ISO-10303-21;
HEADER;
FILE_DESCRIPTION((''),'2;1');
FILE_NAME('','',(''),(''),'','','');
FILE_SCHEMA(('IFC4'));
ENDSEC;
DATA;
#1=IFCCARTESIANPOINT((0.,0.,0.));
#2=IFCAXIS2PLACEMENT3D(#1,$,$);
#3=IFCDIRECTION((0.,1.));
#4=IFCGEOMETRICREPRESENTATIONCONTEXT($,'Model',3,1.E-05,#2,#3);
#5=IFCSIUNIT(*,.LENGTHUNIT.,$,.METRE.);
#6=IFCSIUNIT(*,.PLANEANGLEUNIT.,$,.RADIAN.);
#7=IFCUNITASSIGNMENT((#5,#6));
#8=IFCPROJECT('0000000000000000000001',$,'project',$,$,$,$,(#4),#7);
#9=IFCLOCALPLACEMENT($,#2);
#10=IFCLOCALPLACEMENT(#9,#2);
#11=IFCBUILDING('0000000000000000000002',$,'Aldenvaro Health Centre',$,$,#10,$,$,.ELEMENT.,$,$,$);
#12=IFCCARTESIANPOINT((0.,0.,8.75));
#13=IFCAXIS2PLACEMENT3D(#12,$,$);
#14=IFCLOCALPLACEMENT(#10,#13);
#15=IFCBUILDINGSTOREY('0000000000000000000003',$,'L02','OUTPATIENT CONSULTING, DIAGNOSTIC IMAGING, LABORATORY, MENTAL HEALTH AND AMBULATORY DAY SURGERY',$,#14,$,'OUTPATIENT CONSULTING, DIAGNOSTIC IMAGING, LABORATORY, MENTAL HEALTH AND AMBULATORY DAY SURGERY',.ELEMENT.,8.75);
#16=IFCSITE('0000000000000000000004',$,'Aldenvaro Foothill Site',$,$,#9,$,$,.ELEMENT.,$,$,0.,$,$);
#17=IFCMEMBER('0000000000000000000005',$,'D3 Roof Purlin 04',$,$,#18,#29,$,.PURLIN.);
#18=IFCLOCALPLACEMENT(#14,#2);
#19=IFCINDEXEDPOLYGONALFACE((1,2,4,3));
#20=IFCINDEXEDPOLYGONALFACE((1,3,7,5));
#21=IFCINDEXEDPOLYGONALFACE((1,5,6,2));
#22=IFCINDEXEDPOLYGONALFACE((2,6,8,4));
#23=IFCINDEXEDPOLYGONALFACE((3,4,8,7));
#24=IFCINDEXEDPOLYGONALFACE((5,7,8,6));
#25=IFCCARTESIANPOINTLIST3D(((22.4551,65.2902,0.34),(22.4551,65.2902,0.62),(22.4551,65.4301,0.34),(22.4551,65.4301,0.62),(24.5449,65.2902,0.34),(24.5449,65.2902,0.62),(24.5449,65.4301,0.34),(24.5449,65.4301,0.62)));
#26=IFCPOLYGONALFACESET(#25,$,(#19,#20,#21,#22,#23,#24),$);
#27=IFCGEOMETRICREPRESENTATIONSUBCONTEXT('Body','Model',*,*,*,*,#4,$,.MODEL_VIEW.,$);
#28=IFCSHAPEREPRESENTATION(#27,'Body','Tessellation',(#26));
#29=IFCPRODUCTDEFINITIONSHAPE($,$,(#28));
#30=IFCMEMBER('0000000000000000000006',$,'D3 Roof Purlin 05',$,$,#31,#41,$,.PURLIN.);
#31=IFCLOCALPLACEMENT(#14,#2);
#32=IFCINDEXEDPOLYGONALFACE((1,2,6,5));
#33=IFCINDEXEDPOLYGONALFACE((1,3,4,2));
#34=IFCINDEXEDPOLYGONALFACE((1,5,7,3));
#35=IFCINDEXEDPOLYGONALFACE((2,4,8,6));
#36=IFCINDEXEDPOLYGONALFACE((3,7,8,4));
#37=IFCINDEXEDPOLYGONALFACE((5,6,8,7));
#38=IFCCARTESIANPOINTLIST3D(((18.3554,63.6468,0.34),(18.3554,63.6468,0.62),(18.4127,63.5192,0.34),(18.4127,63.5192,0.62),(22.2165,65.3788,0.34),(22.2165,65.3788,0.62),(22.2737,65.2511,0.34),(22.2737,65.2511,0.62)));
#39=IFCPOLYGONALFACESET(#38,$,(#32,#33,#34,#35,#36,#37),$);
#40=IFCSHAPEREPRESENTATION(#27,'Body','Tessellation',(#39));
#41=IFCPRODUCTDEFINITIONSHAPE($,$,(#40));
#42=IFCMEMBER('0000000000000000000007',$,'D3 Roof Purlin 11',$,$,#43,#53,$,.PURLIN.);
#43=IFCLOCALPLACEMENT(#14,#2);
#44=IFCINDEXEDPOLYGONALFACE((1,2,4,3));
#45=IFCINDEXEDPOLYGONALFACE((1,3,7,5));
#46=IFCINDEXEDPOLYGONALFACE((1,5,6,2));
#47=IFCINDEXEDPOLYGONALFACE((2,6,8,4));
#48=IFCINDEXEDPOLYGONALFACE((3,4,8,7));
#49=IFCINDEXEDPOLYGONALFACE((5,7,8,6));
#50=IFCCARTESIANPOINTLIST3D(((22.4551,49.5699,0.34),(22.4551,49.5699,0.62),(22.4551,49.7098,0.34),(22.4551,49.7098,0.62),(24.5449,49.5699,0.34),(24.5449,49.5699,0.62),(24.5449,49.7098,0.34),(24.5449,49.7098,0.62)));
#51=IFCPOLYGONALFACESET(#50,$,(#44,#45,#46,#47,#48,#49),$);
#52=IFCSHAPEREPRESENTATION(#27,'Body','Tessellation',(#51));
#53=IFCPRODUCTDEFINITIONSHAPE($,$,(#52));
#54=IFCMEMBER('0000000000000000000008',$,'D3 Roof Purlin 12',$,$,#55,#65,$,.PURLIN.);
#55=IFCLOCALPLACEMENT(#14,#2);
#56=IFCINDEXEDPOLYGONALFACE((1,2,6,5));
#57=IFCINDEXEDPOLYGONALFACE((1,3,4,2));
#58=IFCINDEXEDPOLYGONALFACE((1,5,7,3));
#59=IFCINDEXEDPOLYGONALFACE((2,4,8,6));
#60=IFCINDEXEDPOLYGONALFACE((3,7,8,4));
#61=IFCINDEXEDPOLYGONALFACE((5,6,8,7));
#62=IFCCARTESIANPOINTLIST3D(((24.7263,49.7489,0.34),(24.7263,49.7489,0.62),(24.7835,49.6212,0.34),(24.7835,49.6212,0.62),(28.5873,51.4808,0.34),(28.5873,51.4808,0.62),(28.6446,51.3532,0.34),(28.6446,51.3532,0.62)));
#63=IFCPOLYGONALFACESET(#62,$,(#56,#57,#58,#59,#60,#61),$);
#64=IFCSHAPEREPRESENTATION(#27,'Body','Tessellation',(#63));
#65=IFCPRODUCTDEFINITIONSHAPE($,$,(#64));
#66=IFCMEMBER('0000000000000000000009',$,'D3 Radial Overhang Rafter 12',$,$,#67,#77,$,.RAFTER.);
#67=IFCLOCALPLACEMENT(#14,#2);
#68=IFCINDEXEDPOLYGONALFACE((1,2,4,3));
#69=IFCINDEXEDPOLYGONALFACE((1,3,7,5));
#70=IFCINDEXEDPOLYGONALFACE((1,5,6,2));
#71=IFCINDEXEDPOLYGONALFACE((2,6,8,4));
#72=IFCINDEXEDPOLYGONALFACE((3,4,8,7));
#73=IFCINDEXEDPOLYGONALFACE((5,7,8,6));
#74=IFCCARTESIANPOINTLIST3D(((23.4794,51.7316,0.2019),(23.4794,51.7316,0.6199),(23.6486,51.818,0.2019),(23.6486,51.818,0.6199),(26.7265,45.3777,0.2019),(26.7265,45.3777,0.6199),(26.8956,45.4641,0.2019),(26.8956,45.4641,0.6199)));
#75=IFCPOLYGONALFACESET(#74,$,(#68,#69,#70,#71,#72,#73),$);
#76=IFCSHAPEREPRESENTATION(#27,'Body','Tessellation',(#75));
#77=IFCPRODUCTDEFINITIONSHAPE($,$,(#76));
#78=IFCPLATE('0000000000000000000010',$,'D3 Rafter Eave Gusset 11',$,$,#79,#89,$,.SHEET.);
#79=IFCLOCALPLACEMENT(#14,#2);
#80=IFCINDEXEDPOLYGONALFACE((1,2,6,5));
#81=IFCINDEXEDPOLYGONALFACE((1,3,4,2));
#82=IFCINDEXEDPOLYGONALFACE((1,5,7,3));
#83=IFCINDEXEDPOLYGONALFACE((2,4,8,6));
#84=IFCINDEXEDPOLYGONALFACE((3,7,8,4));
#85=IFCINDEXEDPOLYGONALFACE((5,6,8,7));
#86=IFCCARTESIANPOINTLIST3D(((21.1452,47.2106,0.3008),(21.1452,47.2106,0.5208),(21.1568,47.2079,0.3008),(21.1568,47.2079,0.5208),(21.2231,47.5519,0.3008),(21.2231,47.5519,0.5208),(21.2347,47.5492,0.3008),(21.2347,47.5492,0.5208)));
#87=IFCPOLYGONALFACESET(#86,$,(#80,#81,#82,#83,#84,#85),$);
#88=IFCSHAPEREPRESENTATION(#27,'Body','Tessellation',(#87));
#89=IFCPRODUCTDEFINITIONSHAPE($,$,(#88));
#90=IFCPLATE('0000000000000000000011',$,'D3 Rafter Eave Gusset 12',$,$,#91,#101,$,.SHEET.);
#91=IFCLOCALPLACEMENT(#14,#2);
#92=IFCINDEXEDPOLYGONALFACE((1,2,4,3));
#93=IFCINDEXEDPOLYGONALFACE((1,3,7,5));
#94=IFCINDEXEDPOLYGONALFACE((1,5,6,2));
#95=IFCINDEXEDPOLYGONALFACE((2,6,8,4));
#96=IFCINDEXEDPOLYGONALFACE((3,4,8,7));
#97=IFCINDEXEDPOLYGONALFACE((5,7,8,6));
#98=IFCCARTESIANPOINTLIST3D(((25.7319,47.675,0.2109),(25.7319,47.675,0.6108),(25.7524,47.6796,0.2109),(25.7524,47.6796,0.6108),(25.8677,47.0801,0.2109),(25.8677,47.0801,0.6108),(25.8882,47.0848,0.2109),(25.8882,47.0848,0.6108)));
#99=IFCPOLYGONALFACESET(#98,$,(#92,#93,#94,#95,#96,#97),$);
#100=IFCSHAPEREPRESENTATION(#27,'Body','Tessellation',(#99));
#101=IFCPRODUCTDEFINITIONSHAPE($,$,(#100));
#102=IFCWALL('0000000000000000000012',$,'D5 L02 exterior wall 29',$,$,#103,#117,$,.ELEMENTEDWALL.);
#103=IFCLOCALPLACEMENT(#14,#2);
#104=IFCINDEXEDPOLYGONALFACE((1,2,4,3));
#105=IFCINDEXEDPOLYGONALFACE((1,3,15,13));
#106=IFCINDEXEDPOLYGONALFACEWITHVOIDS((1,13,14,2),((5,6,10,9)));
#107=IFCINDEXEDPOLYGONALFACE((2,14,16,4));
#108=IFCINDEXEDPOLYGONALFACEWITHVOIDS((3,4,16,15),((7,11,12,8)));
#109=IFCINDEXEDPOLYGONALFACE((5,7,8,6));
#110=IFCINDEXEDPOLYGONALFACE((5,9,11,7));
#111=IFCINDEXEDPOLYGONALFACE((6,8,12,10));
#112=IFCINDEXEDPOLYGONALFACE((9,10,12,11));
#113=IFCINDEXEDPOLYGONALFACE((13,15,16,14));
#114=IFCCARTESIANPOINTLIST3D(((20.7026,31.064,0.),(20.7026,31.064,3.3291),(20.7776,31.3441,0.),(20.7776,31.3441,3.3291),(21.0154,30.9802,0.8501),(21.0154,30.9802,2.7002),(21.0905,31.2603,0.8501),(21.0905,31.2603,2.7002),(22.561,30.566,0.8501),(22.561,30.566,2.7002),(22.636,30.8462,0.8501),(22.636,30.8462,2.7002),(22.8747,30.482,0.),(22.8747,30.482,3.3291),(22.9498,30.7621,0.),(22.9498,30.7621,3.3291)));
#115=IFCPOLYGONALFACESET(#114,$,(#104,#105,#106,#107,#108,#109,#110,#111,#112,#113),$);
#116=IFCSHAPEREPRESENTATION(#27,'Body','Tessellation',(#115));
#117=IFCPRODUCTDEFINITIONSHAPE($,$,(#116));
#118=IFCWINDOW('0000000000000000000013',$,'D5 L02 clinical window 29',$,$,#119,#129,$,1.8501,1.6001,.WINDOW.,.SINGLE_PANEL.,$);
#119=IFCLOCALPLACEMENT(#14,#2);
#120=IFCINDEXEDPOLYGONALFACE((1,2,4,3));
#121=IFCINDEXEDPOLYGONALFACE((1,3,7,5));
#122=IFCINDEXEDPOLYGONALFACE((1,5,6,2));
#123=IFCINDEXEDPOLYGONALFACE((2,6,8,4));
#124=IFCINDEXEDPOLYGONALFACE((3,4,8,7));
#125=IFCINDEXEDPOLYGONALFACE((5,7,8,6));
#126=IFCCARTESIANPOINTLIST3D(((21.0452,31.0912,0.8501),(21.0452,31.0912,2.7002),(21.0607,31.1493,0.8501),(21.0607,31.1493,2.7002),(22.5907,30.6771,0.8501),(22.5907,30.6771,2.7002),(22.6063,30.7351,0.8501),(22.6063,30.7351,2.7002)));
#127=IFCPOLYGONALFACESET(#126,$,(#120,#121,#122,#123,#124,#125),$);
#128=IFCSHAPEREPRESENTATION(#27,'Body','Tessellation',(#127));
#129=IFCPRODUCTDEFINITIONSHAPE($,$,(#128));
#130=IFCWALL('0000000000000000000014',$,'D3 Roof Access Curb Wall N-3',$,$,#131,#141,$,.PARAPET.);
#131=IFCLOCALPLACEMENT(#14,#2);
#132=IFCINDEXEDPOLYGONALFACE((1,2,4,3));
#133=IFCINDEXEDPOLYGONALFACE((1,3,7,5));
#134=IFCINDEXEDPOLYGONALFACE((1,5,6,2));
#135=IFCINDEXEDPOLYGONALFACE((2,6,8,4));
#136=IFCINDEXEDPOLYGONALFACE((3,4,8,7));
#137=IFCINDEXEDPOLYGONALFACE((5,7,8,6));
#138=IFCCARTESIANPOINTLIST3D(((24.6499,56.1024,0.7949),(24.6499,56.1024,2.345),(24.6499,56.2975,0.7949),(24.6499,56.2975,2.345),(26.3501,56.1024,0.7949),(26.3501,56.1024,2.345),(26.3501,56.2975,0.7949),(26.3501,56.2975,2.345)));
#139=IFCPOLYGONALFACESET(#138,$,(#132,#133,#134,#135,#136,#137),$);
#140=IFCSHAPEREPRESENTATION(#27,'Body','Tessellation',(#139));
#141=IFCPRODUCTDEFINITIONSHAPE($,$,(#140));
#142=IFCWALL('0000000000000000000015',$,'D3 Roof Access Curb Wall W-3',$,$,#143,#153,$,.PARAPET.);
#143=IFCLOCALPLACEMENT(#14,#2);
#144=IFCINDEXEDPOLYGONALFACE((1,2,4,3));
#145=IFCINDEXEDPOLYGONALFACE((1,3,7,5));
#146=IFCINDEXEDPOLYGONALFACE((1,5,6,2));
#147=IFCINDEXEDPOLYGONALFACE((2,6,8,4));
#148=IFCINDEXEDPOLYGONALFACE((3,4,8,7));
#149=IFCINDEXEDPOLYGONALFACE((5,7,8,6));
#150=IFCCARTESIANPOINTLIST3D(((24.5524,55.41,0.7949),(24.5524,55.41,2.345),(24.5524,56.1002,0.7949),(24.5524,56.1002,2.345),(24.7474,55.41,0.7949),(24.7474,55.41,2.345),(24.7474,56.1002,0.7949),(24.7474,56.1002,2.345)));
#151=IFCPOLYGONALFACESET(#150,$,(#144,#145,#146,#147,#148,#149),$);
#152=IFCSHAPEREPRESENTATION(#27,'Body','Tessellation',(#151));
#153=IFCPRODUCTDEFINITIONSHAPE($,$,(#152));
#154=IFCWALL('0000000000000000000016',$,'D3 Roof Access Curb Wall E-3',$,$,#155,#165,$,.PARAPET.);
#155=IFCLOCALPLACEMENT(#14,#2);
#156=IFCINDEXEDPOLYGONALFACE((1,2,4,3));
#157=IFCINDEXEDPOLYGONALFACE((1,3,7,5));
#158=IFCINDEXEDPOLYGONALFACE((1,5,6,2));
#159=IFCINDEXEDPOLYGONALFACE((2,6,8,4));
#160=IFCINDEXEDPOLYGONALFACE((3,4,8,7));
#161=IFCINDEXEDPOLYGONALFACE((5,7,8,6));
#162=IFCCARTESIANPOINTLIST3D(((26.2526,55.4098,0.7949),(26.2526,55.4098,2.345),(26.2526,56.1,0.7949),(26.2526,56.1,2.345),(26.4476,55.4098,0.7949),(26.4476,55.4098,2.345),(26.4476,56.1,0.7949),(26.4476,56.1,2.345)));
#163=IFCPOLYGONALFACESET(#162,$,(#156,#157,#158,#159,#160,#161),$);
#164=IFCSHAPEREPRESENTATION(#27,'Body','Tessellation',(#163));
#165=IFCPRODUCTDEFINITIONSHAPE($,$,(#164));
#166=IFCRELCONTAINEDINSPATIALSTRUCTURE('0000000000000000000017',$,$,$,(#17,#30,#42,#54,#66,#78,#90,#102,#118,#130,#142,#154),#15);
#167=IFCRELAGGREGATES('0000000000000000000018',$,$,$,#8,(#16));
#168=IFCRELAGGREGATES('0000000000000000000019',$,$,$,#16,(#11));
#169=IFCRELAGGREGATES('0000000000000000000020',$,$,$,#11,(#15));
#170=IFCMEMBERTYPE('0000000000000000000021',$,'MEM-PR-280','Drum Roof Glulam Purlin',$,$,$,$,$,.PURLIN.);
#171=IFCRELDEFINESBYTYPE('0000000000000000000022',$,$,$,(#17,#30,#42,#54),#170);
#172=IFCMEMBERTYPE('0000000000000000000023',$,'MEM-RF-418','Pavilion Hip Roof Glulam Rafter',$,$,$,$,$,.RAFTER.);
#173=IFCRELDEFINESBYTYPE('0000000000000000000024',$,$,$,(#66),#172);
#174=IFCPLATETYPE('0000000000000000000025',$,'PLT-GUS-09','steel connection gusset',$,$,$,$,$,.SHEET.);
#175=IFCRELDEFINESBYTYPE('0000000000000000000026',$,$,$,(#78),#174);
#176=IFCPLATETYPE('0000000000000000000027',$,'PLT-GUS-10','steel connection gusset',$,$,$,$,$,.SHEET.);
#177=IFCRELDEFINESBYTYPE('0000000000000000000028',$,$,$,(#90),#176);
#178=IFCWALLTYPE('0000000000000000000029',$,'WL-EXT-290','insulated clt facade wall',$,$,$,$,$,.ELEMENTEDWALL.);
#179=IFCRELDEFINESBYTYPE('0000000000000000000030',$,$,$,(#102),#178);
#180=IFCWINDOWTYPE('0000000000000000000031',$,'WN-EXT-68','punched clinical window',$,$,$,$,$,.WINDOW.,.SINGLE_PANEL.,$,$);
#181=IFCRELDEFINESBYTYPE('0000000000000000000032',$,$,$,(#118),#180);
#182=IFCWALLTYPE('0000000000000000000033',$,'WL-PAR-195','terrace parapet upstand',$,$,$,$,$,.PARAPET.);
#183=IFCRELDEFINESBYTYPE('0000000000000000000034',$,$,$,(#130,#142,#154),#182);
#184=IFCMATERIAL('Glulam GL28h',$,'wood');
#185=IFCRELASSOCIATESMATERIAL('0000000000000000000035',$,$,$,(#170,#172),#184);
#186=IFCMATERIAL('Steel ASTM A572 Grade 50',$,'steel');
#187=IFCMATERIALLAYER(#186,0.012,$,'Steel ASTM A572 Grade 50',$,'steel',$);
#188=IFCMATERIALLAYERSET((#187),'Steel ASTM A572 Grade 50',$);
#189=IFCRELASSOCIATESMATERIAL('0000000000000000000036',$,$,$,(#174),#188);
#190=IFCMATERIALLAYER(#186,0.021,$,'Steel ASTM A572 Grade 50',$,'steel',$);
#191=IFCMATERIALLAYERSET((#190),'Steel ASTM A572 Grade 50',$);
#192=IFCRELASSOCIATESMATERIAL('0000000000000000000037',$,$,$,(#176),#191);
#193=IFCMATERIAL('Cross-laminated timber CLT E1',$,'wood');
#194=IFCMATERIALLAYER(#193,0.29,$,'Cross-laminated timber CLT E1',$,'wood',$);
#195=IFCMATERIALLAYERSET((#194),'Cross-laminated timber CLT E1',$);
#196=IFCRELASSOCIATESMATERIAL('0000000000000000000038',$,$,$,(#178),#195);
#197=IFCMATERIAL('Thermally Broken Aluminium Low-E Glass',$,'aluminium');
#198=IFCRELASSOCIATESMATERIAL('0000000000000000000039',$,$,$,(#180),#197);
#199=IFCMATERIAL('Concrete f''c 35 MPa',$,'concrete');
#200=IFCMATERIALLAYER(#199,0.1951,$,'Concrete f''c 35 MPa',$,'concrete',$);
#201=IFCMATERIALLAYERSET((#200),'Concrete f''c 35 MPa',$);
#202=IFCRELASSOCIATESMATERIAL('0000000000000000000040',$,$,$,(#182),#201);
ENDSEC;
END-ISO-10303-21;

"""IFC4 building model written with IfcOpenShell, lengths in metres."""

from ifc_helpers import new_model, si_unit, direction, frame, frame_2d, origin, origin_2d, place, context, subcontext, project, spatial, rectangle, extrude, material, layer, layer_set, material_profile, profile_set, type_object, element, fill, save


model = new_model("IFC4")

# Units and contexts
model_context = context("Model", 3, precision=1e-05, world=origin(), true_north=direction((0.0, 1.0)))
body_context = subcontext(model_context, "Body", "Model", "MODEL_VIEW")
ifc_project = project(units=[si_unit("LENGTHUNIT", "METRE"), si_unit("PLANEANGLEUNIT", "RADIAN")], contexts=[model_context])

# Site, building, storey
site_placement = place(None, origin())
site = spatial("IfcSite", under=ifc_project, at=site_placement, Name="Aldenvaro Foothill Site", CompositionType="ELEMENT", RefElevation=0.0)
building_placement = place(site_placement, origin())
building = spatial("IfcBuilding", under=site, at=building_placement, Name="Aldenvaro Health Centre", CompositionType="ELEMENT")
storey_placement = place(building_placement, frame((0.0, 0.0, 8.75)))
storey = spatial("IfcBuildingStorey", under=building, at=storey_placement, Name="L02", Description="OUTPATIENT CONSULTING, DIAGNOSTIC IMAGING, LABORATORY, MENTAL HEALTH AND AMBULATORY DAY SURGERY", LongName="OUTPATIENT CONSULTING, DIAGNOSTIC IMAGING, LABORATORY, MENTAL HEALTH AND AMBULATORY DAY SURGERY", CompositionType="ELEMENT", Elevation=8.75)

# Shared definitions
ifc_material_1 = material(Name="Glulam GL28h", Category="wood")

# Members
ifc_material_profile_1 = material_profile(ifc_material_1, rectangle(XDim=0.1399, YDim=0.28, at=origin_2d()), Name="GL 140x280", Category="wood")
ifc_profile_set_1 = profile_set([ifc_material_profile_1], Name="Glulam GL28h")
member_type_1 = type_object("IfcMemberType", Name="MEM-PR-280", Description="Drum Roof Glulam Purlin", PredefinedType="PURLIN", material=ifc_profile_set_1)
member_1_placement = place(storey_placement, frame((24.5449, 65.3601, 0.48), z_axis=(-1.0, 0.0, 0.0), x_axis=(0.0, -1.0, 0.0)))
element("IfcMember", 1, at=member_1_placement, inside=storey, type_object=member_type_1, Name="D3 Roof Purlin 04", PredefinedType="PURLIN", context=body_context, shape_type="SweptSolid", body=[
    extrude(rectangle(XDim=0.1399, YDim=0.28, at=origin_2d()), origin(), (0.0, 0.0, 1.0), 2.0898),
])
member_2_placement = place(storey_placement, frame((22.2451, 65.3149, 0.48), z_axis=(-0.912412, -0.409273, 0.0), x_axis=(0.409273, -0.912412, 0.0)))
element("IfcMember", 2, at=member_2_placement, inside=storey, type_object=member_type_1, Name="D3 Roof Purlin 05", PredefinedType="PURLIN", context=body_context, shape_type="SweptSolid", body=[
    extrude(rectangle(XDim=0.1399, YDim=0.28, at=origin_2d()), origin(), (0.0, 0.0, 1.0), 4.2317),
])
member_3_placement = place(storey_placement, frame((22.4551, 49.6399, 0.48), z_axis=(1.0, 0.0, 0.0), x_axis=(0.0, 1.0, 0.0)))
element("IfcMember", 3, at=member_3_placement, inside=storey, type_object=member_type_1, Name="D3 Roof Purlin 11", PredefinedType="PURLIN", context=body_context, shape_type="SweptSolid", body=[
    extrude(rectangle(XDim=0.1399, YDim=0.28, at=origin_2d()), origin(), (0.0, 0.0, 1.0), 2.0898),
])
member_4_placement = place(storey_placement, frame((24.7549, 49.6851, 0.48), z_axis=(0.912412, 0.409273, 0.0), x_axis=(-0.409273, 0.912412, 0.0)))
element("IfcMember", 4, at=member_4_placement, inside=storey, type_object=member_type_1, Name="D3 Roof Purlin 12", PredefinedType="PURLIN", context=body_context, shape_type="SweptSolid", body=[
    extrude(rectangle(XDim=0.1399, YDim=0.28, at=origin_2d()), origin(), (0.0, 0.0, 1.0), 4.2317),
])
ifc_material_profile_2 = material_profile(ifc_material_1, rectangle(XDim=0.1899, YDim=0.418, at=origin_2d()), Name="GL 190x418", Category="wood")
ifc_profile_set_2 = profile_set([ifc_material_profile_2], Name="Glulam GL28h")
member_type_2 = type_object("IfcMemberType", Name="MEM-RF-418", Description="Pavilion Hip Roof Glulam Rafter", PredefinedType="RAFTER", material=ifc_profile_set_2)
member_5_placement = place(storey_placement, frame((26.811, 45.4209, 0.4109), z_axis=(-0.455052, 0.890465, 0.0), x_axis=(-0.890465, -0.455052, 0.0)))
element("IfcMember", 5, at=member_5_placement, inside=storey, type_object=member_type_2, Name="D3 Radial Overhang Rafter 12", PredefinedType="RAFTER", context=body_context, shape_type="SweptSolid", body=[
    extrude(rectangle(XDim=0.1899, YDim=0.418, at=origin_2d()), origin(), (0.0, 0.0, 1.0), 7.1355),
])

# Plates
ifc_material_2 = material(Name="Steel ASTM A572 Grade 50", Category="steel")
ifc_layer_1 = layer(ifc_material_2, 0.012, Name="Steel ASTM A572 Grade 50", Category="steel")
ifc_layer_set_1 = layer_set([ifc_layer_1], Name="Steel ASTM A572 Grade 50")
plate_type_1 = type_object("IfcPlateType", Name="PLT-GUS-09", Description="steel connection gusset", PredefinedType="SHEET", material=ifc_layer_set_1)
plate_1_placement = place(storey_placement, frame((21.1899, 47.3799, 0.3008), z_axis=(0.0, 0.0, 1.0), x_axis=(-0.222537, -0.974924, 0.0)))
element("IfcPlate", 6, at=plate_1_placement, inside=storey, type_object=plate_type_1, Name="D3 Rafter Eave Gusset 11", PredefinedType="SHEET", context=body_context, shape_type="SweptSolid", body=[
    extrude(rectangle(XDim=0.3501, YDim=0.012, at=origin_2d()), origin(), (0.0, 0.0, 1.0), 0.22),
])
ifc_layer_2 = layer(ifc_material_2, 0.021, Name="Steel ASTM A572 Grade 50", Category="steel")
ifc_layer_set_2 = layer_set([ifc_layer_2], Name="Steel ASTM A572 Grade 50")
plate_type_2 = type_object("IfcPlateType", Name="PLT-GUS-10", Description="steel connection gusset", PredefinedType="SHEET", material=ifc_layer_set_2)
plate_2_placement = place(storey_placement, frame((25.8101, 47.3799, 0.2109), z_axis=(0.0, 0.0, 1.0), x_axis=(0.222537, -0.974924, 0.0)))
element("IfcPlate", 7, at=plate_2_placement, inside=storey, type_object=plate_type_2, Name="D3 Rafter Eave Gusset 12", PredefinedType="SHEET", context=body_context, shape_type="SweptSolid", body=[
    extrude(rectangle(XDim=0.6101, YDim=0.021, at=origin_2d()), origin(), (0.0, 0.0, 1.0), 0.3999),
])

# Wall, opening, window
ifc_material_3 = material(Name="Cross-laminated timber CLT E1", Category="wood")
ifc_layer_3 = layer(ifc_material_3, 0.29, Name="Cross-laminated timber CLT E1", Category="wood")
ifc_layer_set_3 = layer_set([ifc_layer_3], Name="Cross-laminated timber CLT E1")
wall_type_1 = type_object("IfcWallType", Name="WL-EXT-290", Description="insulated clt facade wall", PredefinedType="ELEMENTEDWALL", material=ifc_layer_set_3)
wall_1_placement = place(storey_placement, frame((20.74, 31.2041, 0.0), z_axis=(0.0, 0.0, 1.0), x_axis=(0.965924, -0.258825, 0.0)))
wall_1 = element("IfcWall", 8, at=wall_1_placement, inside=storey, type_object=wall_type_1, Name="D5 L02 exterior wall 29", PredefinedType="ELEMENTEDWALL", context=body_context, shape_type="SweptSolid", body=[
    extrude(rectangle(XDim=2.2488, YDim=0.29, at=frame_2d((1.1245, 0.0))), origin(), (0.0, 0.0, 1.0), 3.3291),
])
opening_1_placement = place(wall_1_placement, frame((0.324, 0.0, 0.8501)))
opening_1 = element("IfcOpeningElement", 9, at=opening_1_placement, cuts=wall_1, PredefinedType="OPENING", context=body_context, shape_type="SweptSolid", body=[
    extrude(rectangle(XDim=1.6001, YDim=1.8501, at=frame_2d((0.8, 0.925))), frame((0.0, 0.155, 0.0), z_axis=(0.0, -1.0, 0.0), x_axis=(1.0, 0.0, 0.0)), (0.0, 0.0, 1.0), 0.3101),
])
ifc_material_4 = material(Name="Thermally Broken Aluminium Low-E Glass", Category="aluminium")
window_type_1 = type_object("IfcWindowType", Name="WN-EXT-68", Description="punched clinical window", PartitioningType="SINGLE_PANEL", PredefinedType="WINDOW", material=ifc_material_4)
window_1_placement = place(opening_1_placement, origin())
window_1 = element("IfcWindow", 10, at=window_1_placement, inside=storey, type_object=window_type_1, Name="D5 L02 clinical window 29", OverallHeight=1.8501, OverallWidth=1.6001, PartitioningType="SINGLE_PANEL", PredefinedType="WINDOW", context=body_context, shape_type="SweptSolid", body=[
    extrude(rectangle(XDim=1.6001, YDim=1.8501, at=frame_2d((0.8, 0.925))), frame((0.0, 0.03, 0.0), z_axis=(0.0, -1.0, 0.0), x_axis=(1.0, 0.0, 0.0)), (0.0, 0.0, 1.0), 0.0601),
])
fill(opening_1, window_1)

# Walls
ifc_material_5 = material(Name="Concrete f'c 35 MPa", Category="concrete")
ifc_layer_4 = layer(ifc_material_5, 0.1951, Name="Concrete f'c 35 MPa", Category="concrete")
ifc_layer_set_4 = layer_set([ifc_layer_4], Name="Concrete f'c 35 MPa")
wall_type_2 = type_object("IfcWallType", Name="WL-PAR-195", Description="terrace parapet upstand", PredefinedType="PARAPET", material=ifc_layer_set_4)
wall_2_placement = place(storey_placement, frame((24.6499, 56.2, 0.7949), z_axis=(0.0, 0.0, 1.0), x_axis=(1.0, 0.0, 0.0)))
element("IfcWall", 11, at=wall_2_placement, inside=storey, type_object=wall_type_2, Name="D3 Roof Access Curb Wall N-3", PredefinedType="PARAPET", context=body_context, shape_type="SweptSolid", body=[
    extrude(rectangle(XDim=1.7002, YDim=0.1951, at=frame_2d((0.8501, 0.0))), origin(), (0.0, 0.0, 1.0), 1.55),
])
for number, where, z_axis, x_axis, name in (
    (12, (24.6499, 55.4099, 0.7949), (0.0, 0.0, 1.0), (0.0, 1.0, 0.0), "D3 Roof Access Curb Wall W-3"),
    (13, (26.3501, 56.1001, 0.7949), (0.0, 0.0, 1.0), (0.0, -1.0, 0.0), "D3 Roof Access Curb Wall E-3"),
):
    element("IfcWall", number, at=place(storey_placement, frame(where, z_axis=z_axis, x_axis=x_axis)), inside=storey, type_object=wall_type_2, Name=name, PredefinedType="PARAPET", context=body_context, shape_type="SweptSolid", body=[
        extrude(rectangle(XDim=0.6902, YDim=0.1951, at=frame_2d((0.3452, 0.0))), origin(), (0.0, 0.0, 1.0), 1.55),
    ])

save(model, "model.ifc")
